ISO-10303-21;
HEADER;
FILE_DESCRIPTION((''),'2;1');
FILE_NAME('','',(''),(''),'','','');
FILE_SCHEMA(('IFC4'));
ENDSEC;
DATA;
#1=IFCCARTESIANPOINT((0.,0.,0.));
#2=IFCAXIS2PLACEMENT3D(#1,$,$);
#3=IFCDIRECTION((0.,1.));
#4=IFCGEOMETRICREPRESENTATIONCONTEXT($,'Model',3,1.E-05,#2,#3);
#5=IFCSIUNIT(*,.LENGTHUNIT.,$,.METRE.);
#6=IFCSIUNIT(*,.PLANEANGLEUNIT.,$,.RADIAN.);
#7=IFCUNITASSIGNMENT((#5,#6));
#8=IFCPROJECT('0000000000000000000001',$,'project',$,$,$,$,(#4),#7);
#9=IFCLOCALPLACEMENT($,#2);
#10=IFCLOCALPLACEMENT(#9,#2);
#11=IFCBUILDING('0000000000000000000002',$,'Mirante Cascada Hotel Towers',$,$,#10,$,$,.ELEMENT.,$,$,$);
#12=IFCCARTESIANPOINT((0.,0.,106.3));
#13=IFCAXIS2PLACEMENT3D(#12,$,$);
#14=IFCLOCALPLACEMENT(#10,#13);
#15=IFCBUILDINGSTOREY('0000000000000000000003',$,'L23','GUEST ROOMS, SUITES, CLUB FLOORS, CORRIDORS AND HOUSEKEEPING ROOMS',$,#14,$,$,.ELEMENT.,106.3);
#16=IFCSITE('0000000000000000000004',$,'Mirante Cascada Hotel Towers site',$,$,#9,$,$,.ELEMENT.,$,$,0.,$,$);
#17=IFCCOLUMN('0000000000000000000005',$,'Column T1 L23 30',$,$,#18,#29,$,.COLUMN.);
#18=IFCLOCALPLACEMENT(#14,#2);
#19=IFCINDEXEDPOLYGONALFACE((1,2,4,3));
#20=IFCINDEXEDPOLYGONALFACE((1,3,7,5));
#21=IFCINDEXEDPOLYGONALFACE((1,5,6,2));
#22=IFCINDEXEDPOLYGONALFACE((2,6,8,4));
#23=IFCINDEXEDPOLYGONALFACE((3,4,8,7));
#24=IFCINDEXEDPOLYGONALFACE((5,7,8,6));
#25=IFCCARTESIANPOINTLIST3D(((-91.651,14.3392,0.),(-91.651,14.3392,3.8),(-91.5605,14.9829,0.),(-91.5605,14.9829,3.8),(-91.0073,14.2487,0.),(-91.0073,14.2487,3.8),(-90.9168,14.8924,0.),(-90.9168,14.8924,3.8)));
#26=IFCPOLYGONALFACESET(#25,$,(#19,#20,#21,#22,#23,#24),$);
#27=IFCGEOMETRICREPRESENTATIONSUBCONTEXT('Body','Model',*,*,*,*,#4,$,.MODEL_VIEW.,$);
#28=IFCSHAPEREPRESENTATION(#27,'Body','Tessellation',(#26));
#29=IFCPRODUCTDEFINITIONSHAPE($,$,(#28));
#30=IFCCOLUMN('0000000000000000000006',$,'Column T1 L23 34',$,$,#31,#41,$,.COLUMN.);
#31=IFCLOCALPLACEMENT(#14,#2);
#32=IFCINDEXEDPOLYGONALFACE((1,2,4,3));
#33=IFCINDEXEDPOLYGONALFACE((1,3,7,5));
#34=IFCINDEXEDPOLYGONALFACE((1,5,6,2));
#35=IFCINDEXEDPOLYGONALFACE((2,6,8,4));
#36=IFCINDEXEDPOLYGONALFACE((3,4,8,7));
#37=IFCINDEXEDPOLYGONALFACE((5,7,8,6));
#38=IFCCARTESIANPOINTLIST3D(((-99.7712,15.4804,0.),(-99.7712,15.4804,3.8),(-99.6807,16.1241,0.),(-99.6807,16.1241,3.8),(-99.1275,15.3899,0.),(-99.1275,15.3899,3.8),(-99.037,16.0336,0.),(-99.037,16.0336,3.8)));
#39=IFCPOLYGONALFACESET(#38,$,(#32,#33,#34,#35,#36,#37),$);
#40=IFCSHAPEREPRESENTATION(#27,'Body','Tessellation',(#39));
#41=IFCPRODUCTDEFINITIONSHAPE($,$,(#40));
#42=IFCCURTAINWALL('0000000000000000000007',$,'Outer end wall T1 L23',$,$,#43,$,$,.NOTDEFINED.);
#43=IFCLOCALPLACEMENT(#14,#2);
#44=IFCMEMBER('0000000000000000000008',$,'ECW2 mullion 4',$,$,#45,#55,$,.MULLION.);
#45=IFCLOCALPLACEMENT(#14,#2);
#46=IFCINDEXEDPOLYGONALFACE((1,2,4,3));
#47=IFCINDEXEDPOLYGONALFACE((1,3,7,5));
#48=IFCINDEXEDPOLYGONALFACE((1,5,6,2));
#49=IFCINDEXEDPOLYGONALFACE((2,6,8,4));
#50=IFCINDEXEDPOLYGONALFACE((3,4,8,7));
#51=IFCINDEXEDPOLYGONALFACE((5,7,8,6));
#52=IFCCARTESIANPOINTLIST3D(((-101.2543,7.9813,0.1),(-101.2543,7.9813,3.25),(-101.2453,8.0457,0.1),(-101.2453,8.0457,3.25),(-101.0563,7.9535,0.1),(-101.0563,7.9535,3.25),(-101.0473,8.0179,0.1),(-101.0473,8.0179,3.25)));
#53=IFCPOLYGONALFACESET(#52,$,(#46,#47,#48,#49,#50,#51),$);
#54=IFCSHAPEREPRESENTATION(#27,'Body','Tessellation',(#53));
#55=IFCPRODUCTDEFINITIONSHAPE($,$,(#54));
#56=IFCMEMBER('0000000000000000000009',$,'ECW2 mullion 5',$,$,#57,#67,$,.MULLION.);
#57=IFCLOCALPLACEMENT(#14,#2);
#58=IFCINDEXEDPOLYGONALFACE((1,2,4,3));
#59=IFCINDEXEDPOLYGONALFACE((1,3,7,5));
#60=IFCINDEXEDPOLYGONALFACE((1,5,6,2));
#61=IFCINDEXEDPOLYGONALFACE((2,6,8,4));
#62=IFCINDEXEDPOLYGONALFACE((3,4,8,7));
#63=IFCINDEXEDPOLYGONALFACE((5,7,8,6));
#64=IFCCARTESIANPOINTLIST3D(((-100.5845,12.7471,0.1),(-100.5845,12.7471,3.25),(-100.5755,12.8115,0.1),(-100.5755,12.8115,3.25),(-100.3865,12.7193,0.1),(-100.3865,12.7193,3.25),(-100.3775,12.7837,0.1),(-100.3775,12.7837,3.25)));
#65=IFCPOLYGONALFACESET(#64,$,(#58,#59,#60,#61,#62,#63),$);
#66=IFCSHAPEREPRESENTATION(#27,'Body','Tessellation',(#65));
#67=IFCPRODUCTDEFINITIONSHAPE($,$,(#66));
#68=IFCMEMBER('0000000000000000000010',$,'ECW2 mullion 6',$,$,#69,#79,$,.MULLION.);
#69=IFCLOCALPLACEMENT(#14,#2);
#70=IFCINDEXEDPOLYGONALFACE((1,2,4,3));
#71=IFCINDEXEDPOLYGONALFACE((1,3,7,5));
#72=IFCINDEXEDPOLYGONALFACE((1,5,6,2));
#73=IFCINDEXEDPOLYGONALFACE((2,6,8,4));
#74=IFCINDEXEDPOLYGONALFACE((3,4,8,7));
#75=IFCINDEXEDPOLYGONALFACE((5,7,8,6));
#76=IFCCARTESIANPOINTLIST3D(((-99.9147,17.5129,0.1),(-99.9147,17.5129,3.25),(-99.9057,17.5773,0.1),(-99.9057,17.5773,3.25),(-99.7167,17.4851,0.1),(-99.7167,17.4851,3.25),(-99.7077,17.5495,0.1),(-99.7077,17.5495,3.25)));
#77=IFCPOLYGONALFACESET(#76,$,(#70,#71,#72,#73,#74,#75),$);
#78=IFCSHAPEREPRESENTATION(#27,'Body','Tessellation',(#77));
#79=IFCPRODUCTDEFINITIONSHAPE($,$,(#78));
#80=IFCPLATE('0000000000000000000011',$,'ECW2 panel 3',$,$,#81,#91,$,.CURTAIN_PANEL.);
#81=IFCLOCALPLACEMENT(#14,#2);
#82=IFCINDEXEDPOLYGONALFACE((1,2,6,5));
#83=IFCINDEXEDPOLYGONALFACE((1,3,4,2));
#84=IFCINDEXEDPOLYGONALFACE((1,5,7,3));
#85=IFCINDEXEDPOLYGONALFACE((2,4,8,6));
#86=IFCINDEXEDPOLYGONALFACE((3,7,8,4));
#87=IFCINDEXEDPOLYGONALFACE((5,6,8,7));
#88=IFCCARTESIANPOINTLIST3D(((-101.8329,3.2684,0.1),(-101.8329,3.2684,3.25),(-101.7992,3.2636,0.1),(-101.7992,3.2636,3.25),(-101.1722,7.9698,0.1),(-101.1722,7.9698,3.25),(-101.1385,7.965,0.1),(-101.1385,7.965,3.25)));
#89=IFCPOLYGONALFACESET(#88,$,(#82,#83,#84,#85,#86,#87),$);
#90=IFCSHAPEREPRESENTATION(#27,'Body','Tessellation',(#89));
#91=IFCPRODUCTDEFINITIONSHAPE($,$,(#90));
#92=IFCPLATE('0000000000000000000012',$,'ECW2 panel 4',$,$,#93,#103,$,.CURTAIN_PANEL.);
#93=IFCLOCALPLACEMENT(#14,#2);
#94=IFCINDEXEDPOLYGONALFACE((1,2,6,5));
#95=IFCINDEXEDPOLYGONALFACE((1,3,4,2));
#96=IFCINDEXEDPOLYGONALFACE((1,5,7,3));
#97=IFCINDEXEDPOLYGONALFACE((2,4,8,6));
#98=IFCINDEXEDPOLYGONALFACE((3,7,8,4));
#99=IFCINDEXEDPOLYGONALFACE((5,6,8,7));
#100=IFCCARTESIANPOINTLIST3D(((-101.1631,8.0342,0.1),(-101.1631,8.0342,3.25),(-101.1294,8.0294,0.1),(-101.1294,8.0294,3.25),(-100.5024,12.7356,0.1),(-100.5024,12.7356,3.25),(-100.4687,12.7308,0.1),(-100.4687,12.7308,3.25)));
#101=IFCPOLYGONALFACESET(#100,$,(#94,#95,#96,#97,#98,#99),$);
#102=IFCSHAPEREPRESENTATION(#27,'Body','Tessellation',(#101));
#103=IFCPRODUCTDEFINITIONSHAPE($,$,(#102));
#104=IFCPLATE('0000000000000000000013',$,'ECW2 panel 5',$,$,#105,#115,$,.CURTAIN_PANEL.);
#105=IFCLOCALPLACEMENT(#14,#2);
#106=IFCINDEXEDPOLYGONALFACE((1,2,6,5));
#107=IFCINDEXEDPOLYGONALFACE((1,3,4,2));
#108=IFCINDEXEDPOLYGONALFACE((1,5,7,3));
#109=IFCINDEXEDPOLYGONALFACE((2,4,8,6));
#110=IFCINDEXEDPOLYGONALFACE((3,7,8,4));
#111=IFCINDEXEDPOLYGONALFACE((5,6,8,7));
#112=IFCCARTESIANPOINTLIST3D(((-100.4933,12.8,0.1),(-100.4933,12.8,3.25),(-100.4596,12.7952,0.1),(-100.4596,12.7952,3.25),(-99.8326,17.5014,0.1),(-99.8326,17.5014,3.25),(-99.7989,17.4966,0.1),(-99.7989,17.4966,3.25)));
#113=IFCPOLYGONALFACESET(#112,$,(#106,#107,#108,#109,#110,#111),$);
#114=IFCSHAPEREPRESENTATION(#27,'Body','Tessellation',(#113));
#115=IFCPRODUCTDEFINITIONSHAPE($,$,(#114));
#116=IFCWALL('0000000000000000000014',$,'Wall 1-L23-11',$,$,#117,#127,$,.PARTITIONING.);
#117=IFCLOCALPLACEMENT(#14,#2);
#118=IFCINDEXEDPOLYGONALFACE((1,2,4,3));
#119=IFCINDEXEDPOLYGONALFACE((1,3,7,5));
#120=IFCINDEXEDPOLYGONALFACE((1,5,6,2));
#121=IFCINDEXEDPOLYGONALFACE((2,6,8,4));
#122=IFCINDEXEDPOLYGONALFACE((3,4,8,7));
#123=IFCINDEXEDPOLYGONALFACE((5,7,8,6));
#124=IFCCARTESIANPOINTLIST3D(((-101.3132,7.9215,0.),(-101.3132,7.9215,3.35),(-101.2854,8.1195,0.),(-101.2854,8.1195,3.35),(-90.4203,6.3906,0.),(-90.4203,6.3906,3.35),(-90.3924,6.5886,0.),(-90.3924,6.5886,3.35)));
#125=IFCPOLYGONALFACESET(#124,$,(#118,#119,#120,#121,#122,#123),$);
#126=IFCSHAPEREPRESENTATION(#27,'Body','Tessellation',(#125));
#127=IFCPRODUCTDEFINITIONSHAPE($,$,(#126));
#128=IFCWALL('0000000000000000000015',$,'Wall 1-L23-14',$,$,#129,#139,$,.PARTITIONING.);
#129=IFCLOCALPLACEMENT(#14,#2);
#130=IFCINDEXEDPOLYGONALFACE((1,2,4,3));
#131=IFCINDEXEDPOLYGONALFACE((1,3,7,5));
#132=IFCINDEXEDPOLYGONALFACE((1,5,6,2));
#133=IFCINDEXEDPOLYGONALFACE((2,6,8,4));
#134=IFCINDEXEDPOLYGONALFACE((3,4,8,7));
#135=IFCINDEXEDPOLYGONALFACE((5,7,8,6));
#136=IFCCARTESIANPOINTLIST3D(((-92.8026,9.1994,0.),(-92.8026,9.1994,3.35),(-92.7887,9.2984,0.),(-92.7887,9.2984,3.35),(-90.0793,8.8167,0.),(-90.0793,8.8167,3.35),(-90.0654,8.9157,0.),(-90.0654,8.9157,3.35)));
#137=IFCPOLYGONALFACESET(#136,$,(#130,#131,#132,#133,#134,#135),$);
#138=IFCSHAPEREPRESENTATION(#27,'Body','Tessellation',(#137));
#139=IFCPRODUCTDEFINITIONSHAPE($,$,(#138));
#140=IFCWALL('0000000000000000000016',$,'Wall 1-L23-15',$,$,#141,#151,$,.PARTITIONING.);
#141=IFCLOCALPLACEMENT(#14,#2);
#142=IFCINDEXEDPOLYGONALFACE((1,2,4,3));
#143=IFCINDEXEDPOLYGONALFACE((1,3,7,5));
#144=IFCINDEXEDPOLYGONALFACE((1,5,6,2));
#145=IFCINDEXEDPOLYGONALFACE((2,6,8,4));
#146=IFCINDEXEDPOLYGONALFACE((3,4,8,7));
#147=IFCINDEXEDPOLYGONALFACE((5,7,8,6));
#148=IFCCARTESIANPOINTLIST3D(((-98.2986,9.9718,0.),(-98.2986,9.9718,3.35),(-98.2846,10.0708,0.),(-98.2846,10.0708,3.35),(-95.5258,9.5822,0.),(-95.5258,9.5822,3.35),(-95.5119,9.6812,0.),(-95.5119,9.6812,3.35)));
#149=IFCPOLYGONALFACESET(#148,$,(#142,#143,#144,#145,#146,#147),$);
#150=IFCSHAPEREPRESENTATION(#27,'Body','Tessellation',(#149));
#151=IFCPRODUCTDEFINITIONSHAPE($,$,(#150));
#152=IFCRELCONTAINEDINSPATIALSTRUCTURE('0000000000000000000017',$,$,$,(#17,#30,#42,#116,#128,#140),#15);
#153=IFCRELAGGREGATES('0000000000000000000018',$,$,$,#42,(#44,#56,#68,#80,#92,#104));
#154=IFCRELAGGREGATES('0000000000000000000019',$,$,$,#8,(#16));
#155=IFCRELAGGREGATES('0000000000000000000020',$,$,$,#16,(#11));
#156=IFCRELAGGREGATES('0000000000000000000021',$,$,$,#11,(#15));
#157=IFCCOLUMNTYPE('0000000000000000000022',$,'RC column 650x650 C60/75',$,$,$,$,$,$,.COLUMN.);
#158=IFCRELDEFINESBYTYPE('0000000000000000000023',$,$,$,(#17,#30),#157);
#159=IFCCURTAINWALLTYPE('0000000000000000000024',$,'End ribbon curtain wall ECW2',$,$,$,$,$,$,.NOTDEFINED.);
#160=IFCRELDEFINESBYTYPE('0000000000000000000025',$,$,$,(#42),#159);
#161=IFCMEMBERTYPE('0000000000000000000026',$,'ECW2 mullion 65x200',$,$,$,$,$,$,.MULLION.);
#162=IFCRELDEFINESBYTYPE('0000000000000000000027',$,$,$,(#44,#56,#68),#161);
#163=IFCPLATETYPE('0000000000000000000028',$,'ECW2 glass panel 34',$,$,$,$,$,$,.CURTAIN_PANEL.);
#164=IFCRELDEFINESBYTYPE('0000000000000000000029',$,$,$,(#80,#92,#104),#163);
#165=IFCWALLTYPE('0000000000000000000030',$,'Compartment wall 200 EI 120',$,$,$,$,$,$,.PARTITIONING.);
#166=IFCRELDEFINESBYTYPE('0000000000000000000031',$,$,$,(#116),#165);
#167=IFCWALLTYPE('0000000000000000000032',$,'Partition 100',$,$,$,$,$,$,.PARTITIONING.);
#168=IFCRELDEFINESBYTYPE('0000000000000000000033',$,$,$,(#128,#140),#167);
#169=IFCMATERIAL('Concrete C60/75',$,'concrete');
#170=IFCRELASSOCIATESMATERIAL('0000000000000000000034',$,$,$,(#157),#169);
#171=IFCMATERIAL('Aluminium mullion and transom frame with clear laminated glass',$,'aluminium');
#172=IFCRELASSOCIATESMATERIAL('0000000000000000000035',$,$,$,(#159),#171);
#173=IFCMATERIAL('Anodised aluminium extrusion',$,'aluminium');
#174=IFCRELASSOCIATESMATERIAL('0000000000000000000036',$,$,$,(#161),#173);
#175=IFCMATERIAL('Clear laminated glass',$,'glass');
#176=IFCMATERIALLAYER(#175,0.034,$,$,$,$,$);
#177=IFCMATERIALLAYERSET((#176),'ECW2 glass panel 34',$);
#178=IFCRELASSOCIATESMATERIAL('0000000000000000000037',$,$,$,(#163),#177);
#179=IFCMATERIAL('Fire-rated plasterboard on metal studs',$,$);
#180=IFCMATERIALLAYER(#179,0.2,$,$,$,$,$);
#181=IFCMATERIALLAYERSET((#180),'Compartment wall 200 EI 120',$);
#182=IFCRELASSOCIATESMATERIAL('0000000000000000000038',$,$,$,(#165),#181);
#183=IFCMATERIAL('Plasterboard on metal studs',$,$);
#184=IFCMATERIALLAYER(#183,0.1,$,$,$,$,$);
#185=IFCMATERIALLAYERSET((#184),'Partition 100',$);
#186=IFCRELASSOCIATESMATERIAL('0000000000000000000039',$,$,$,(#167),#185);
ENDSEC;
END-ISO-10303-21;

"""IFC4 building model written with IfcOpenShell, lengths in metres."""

from ifc_helpers import new_model, si_unit, direction, frame, frame_2d, origin, origin_2d, place, context, subcontext, project, spatial, rectangle, extrude, material, layer, layer_set, material_profile, profile_set, type_object, element, aggregate, save


model = new_model("IFC4")

# Units and contexts
model_context = context("Model", 3, precision=1e-05, world=origin(), true_north=direction((0.0, 1.0)))
body_context = subcontext(model_context, "Body", "Model", "MODEL_VIEW")
ifc_project = project(units=[si_unit("LENGTHUNIT", "METRE"), si_unit("PLANEANGLEUNIT", "RADIAN")], contexts=[model_context])

# Site, building, storey
site_placement = place(None, origin())
site = spatial("IfcSite", under=ifc_project, at=site_placement, Name="Mirante Cascada Hotel Towers site", CompositionType="ELEMENT", RefElevation=0.0)
building_placement = place(site_placement, origin())
building = spatial("IfcBuilding", under=site, at=building_placement, Name="Mirante Cascada Hotel Towers", CompositionType="ELEMENT")
storey_placement = place(building_placement, frame((0.0, 0.0, 106.3)))
storey = spatial("IfcBuildingStorey", under=building, at=storey_placement, Name="L23", Description="GUEST ROOMS, SUITES, CLUB FLOORS, CORRIDORS AND HOUSEKEEPING ROOMS", CompositionType="ELEMENT", Elevation=106.3)

# Columns
ifc_material_1 = material(Name="Concrete C60/75", Category="concrete")
ifc_material_profile_1 = material_profile(ifc_material_1, rectangle(XDim=0.65, YDim=0.65, at=origin_2d()), Name="RC column 650x650 C60/75")
ifc_profile_set_1 = profile_set([ifc_material_profile_1], Name="Concrete C60/75")
column_type = type_object("IfcColumnType", Name="RC column 650x650 C60/75", PredefinedType="COLUMN", material=ifc_profile_set_1)
for number, where, z_axis, x_axis, name in (
    (1, (-91.2839, 14.6158, 0.0), (0.0, 0.0, 1.0), (-0.990268, 0.139173, 0.0), "Column T1 L23 30"),
    (2, (-99.4041, 15.757, 0.0), (0.0, 0.0, 1.0), (-0.990268, 0.139173, 0.0), "Column T1 L23 34"),
):
    element("IfcColumn", number, at=place(storey_placement, frame(where, z_axis=z_axis, x_axis=x_axis)), inside=storey, type_object=column_type, Name=name, PredefinedType="COLUMN", context=body_context, shape_type="SweptSolid", body=[
        extrude(rectangle(XDim=0.65, YDim=0.65, at=origin_2d()), origin(), (0.0, 0.0, 1.0), 3.8),
    ])

# Curtain wall, members, plates
ifc_material_2 = material(Name="Aluminium mullion and transom frame with clear laminated glass", Category="aluminium")
curtain_wall_type = type_object("IfcCurtainWallType", Name="End ribbon curtain wall ECW2", PredefinedType="NOTDEFINED", material=ifc_material_2)
curtain_wall_placement = place(storey_placement, origin())
curtain_wall = element("IfcCurtainWall", 3, at=curtain_wall_placement, inside=storey, type_object=curtain_wall_type, Name="Outer end wall T1 L23", PredefinedType="NOTDEFINED")
ifc_material_3 = material(Name="Anodised aluminium extrusion", Category="aluminium")
ifc_material_profile_2 = material_profile(ifc_material_3, rectangle(XDim=0.2, YDim=0.065, at=origin_2d()), Name="ECW2 MULLION 65x200")
ifc_profile_set_2 = profile_set([ifc_material_profile_2], Name="Anodised aluminium extrusion")
member_type = type_object("IfcMemberType", Name="ECW2 mullion 65x200", PredefinedType="MULLION", material=ifc_profile_set_2)
member_1_placement = place(storey_placement, frame((-101.1508, 7.9996, 0.1), z_axis=(0.0, 0.0, 1.0), x_axis=(-0.990268, 0.139173, 0.0)))
member_1 = element("IfcMember", 4, at=member_1_placement, type_object=member_type, Name="ECW2 mullion 4", PredefinedType="MULLION", context=body_context, shape_type="SweptSolid", body=[
    extrude(rectangle(XDim=0.2, YDim=0.065, at=origin_2d()), origin(), (0.0, 0.0, 1.0), 3.15),
])
member_2_placement = place(storey_placement, frame((-100.481, 12.7654, 0.1), z_axis=(0.0, 0.0, 1.0), x_axis=(-0.990268, 0.139173, 0.0)))
member_2 = element("IfcMember", 5, at=member_2_placement, type_object=member_type, Name="ECW2 mullion 5", PredefinedType="MULLION", context=body_context, shape_type="SweptSolid", body=[
    extrude(rectangle(XDim=0.2, YDim=0.065, at=origin_2d()), origin(), (0.0, 0.0, 1.0), 3.15),
])
member_3_placement = place(storey_placement, frame((-99.8112, 17.5312, 0.1), z_axis=(0.0, 0.0, 1.0), x_axis=(-0.990268, 0.139173, 0.0)))
member_3 = element("IfcMember", 6, at=member_3_placement, type_object=member_type, Name="ECW2 mullion 6", PredefinedType="MULLION", context=body_context, shape_type="SweptSolid", body=[
    extrude(rectangle(XDim=0.2, YDim=0.065, at=origin_2d()), origin(), (0.0, 0.0, 1.0), 3.15),
])
ifc_material_4 = material(Name="Clear laminated glass", Category="glass")
ifc_layer_1 = layer(ifc_material_4, 0.034)
ifc_layer_set_1 = layer_set([ifc_layer_1], Name="ECW2 glass panel 34")
plate_type = type_object("IfcPlateType", Name="ECW2 glass panel 34", PredefinedType="CURTAIN_PANEL", material=ifc_layer_set_1)
plate_1_placement = place(storey_placement, frame((-101.4857, 5.6167, 0.1), z_axis=(0.0, 0.0, 1.0), x_axis=(0.139173, 0.990268, 0.0)))
plate_1 = element("IfcPlate", 7, at=plate_1_placement, type_object=plate_type, Name="ECW2 panel 3", PredefinedType="CURTAIN_PANEL", context=body_context, shape_type="SweptSolid", body=[
    extrude(rectangle(XDim=4.7476, YDim=0.034, at=origin_2d()), origin(), (0.0, 0.0, 1.0), 3.15),
])
plate_2_placement = place(storey_placement, frame((-100.8159, 10.3825, 0.1), z_axis=(0.0, 0.0, 1.0), x_axis=(0.139173, 0.990268, 0.0)))
plate_2 = element("IfcPlate", 8, at=plate_2_placement, type_object=plate_type, Name="ECW2 panel 4", PredefinedType="CURTAIN_PANEL", context=body_context, shape_type="SweptSolid", body=[
    extrude(rectangle(XDim=4.7476, YDim=0.034, at=origin_2d()), origin(), (0.0, 0.0, 1.0), 3.15),
])
plate_3_placement = place(storey_placement, frame((-100.1461, 15.1483, 0.1), z_axis=(0.0, 0.0, 1.0), x_axis=(0.139173, 0.990268, 0.0)))
plate_3 = element("IfcPlate", 9, at=plate_3_placement, type_object=plate_type, Name="ECW2 panel 5", PredefinedType="CURTAIN_PANEL", context=body_context, shape_type="SweptSolid", body=[
    extrude(rectangle(XDim=4.7476, YDim=0.034, at=origin_2d()), origin(), (0.0, 0.0, 1.0), 3.15),
])
aggregate(curtain_wall, [member_1, member_2, member_3, plate_1, plate_2, plate_3])

# Walls
ifc_material_5 = material(Name="Fire-rated plasterboard on metal studs")
ifc_layer_2 = layer(ifc_material_5, 0.2)
ifc_layer_set_2 = layer_set([ifc_layer_2], Name="Compartment wall 200 EI 120")
wall_type_1 = type_object("IfcWallType", Name="Compartment wall 200 EI 120", PredefinedType="PARTITIONING", material=ifc_layer_set_2)
wall_1_placement = place(storey_placement, frame((-101.2993, 8.0205, 0.0), z_axis=(0.0, 0.0, 1.0), x_axis=(0.990268, -0.139173, 0.0)))
element("IfcWall", 10, at=wall_1_placement, inside=storey, type_object=wall_type_1, Name="Wall 1-L23-11", PredefinedType="PARTITIONING", context=body_context, shape_type="SweptSolid", body=[
    extrude(rectangle(XDim=11.0, YDim=0.2, at=frame_2d((5.5, 0.0))), origin(), (0.0, 0.0, 1.0), 3.35),
])
ifc_material_6 = material(Name="Plasterboard on metal studs")
ifc_layer_3 = layer(ifc_material_6, 0.1)
ifc_layer_set_3 = layer_set([ifc_layer_3], Name="Partition 100")
wall_type_2 = type_object("IfcWallType", Name="Partition 100", PredefinedType="PARTITIONING", material=ifc_layer_set_3)
wall_2_placement = place(storey_placement, frame((-90.0723, 8.8662, 0.0), z_axis=(0.0, 0.0, 1.0), x_axis=(-0.99027, 0.139161, 0.0)))
element("IfcWall", 11, at=wall_2_placement, inside=storey, type_object=wall_type_2, Name="Wall 1-L23-14", PredefinedType="PARTITIONING", context=body_context, shape_type="SweptSolid", body=[
    extrude(rectangle(XDim=2.7501, YDim=0.1, at=frame_2d((1.3751, 0.0))), origin(), (0.0, 0.0, 1.0), 3.35),
])
wall_3_placement = place(storey_placement, frame((-98.2916, 10.0213, 0.0), z_axis=(0.0, 0.0, 1.0), x_axis=(0.990273, -0.139141, 0.0)))
element("IfcWall", 12, at=wall_3_placement, inside=storey, type_object=wall_type_2, Name="Wall 1-L23-15", PredefinedType="PARTITIONING", context=body_context, shape_type="SweptSolid", body=[
    extrude(rectangle(XDim=2.8, YDim=0.1, at=frame_2d((1.4, 0.0))), origin(), (0.0, 0.0, 1.0), 3.35),
])

save(model, "model.ifc")
